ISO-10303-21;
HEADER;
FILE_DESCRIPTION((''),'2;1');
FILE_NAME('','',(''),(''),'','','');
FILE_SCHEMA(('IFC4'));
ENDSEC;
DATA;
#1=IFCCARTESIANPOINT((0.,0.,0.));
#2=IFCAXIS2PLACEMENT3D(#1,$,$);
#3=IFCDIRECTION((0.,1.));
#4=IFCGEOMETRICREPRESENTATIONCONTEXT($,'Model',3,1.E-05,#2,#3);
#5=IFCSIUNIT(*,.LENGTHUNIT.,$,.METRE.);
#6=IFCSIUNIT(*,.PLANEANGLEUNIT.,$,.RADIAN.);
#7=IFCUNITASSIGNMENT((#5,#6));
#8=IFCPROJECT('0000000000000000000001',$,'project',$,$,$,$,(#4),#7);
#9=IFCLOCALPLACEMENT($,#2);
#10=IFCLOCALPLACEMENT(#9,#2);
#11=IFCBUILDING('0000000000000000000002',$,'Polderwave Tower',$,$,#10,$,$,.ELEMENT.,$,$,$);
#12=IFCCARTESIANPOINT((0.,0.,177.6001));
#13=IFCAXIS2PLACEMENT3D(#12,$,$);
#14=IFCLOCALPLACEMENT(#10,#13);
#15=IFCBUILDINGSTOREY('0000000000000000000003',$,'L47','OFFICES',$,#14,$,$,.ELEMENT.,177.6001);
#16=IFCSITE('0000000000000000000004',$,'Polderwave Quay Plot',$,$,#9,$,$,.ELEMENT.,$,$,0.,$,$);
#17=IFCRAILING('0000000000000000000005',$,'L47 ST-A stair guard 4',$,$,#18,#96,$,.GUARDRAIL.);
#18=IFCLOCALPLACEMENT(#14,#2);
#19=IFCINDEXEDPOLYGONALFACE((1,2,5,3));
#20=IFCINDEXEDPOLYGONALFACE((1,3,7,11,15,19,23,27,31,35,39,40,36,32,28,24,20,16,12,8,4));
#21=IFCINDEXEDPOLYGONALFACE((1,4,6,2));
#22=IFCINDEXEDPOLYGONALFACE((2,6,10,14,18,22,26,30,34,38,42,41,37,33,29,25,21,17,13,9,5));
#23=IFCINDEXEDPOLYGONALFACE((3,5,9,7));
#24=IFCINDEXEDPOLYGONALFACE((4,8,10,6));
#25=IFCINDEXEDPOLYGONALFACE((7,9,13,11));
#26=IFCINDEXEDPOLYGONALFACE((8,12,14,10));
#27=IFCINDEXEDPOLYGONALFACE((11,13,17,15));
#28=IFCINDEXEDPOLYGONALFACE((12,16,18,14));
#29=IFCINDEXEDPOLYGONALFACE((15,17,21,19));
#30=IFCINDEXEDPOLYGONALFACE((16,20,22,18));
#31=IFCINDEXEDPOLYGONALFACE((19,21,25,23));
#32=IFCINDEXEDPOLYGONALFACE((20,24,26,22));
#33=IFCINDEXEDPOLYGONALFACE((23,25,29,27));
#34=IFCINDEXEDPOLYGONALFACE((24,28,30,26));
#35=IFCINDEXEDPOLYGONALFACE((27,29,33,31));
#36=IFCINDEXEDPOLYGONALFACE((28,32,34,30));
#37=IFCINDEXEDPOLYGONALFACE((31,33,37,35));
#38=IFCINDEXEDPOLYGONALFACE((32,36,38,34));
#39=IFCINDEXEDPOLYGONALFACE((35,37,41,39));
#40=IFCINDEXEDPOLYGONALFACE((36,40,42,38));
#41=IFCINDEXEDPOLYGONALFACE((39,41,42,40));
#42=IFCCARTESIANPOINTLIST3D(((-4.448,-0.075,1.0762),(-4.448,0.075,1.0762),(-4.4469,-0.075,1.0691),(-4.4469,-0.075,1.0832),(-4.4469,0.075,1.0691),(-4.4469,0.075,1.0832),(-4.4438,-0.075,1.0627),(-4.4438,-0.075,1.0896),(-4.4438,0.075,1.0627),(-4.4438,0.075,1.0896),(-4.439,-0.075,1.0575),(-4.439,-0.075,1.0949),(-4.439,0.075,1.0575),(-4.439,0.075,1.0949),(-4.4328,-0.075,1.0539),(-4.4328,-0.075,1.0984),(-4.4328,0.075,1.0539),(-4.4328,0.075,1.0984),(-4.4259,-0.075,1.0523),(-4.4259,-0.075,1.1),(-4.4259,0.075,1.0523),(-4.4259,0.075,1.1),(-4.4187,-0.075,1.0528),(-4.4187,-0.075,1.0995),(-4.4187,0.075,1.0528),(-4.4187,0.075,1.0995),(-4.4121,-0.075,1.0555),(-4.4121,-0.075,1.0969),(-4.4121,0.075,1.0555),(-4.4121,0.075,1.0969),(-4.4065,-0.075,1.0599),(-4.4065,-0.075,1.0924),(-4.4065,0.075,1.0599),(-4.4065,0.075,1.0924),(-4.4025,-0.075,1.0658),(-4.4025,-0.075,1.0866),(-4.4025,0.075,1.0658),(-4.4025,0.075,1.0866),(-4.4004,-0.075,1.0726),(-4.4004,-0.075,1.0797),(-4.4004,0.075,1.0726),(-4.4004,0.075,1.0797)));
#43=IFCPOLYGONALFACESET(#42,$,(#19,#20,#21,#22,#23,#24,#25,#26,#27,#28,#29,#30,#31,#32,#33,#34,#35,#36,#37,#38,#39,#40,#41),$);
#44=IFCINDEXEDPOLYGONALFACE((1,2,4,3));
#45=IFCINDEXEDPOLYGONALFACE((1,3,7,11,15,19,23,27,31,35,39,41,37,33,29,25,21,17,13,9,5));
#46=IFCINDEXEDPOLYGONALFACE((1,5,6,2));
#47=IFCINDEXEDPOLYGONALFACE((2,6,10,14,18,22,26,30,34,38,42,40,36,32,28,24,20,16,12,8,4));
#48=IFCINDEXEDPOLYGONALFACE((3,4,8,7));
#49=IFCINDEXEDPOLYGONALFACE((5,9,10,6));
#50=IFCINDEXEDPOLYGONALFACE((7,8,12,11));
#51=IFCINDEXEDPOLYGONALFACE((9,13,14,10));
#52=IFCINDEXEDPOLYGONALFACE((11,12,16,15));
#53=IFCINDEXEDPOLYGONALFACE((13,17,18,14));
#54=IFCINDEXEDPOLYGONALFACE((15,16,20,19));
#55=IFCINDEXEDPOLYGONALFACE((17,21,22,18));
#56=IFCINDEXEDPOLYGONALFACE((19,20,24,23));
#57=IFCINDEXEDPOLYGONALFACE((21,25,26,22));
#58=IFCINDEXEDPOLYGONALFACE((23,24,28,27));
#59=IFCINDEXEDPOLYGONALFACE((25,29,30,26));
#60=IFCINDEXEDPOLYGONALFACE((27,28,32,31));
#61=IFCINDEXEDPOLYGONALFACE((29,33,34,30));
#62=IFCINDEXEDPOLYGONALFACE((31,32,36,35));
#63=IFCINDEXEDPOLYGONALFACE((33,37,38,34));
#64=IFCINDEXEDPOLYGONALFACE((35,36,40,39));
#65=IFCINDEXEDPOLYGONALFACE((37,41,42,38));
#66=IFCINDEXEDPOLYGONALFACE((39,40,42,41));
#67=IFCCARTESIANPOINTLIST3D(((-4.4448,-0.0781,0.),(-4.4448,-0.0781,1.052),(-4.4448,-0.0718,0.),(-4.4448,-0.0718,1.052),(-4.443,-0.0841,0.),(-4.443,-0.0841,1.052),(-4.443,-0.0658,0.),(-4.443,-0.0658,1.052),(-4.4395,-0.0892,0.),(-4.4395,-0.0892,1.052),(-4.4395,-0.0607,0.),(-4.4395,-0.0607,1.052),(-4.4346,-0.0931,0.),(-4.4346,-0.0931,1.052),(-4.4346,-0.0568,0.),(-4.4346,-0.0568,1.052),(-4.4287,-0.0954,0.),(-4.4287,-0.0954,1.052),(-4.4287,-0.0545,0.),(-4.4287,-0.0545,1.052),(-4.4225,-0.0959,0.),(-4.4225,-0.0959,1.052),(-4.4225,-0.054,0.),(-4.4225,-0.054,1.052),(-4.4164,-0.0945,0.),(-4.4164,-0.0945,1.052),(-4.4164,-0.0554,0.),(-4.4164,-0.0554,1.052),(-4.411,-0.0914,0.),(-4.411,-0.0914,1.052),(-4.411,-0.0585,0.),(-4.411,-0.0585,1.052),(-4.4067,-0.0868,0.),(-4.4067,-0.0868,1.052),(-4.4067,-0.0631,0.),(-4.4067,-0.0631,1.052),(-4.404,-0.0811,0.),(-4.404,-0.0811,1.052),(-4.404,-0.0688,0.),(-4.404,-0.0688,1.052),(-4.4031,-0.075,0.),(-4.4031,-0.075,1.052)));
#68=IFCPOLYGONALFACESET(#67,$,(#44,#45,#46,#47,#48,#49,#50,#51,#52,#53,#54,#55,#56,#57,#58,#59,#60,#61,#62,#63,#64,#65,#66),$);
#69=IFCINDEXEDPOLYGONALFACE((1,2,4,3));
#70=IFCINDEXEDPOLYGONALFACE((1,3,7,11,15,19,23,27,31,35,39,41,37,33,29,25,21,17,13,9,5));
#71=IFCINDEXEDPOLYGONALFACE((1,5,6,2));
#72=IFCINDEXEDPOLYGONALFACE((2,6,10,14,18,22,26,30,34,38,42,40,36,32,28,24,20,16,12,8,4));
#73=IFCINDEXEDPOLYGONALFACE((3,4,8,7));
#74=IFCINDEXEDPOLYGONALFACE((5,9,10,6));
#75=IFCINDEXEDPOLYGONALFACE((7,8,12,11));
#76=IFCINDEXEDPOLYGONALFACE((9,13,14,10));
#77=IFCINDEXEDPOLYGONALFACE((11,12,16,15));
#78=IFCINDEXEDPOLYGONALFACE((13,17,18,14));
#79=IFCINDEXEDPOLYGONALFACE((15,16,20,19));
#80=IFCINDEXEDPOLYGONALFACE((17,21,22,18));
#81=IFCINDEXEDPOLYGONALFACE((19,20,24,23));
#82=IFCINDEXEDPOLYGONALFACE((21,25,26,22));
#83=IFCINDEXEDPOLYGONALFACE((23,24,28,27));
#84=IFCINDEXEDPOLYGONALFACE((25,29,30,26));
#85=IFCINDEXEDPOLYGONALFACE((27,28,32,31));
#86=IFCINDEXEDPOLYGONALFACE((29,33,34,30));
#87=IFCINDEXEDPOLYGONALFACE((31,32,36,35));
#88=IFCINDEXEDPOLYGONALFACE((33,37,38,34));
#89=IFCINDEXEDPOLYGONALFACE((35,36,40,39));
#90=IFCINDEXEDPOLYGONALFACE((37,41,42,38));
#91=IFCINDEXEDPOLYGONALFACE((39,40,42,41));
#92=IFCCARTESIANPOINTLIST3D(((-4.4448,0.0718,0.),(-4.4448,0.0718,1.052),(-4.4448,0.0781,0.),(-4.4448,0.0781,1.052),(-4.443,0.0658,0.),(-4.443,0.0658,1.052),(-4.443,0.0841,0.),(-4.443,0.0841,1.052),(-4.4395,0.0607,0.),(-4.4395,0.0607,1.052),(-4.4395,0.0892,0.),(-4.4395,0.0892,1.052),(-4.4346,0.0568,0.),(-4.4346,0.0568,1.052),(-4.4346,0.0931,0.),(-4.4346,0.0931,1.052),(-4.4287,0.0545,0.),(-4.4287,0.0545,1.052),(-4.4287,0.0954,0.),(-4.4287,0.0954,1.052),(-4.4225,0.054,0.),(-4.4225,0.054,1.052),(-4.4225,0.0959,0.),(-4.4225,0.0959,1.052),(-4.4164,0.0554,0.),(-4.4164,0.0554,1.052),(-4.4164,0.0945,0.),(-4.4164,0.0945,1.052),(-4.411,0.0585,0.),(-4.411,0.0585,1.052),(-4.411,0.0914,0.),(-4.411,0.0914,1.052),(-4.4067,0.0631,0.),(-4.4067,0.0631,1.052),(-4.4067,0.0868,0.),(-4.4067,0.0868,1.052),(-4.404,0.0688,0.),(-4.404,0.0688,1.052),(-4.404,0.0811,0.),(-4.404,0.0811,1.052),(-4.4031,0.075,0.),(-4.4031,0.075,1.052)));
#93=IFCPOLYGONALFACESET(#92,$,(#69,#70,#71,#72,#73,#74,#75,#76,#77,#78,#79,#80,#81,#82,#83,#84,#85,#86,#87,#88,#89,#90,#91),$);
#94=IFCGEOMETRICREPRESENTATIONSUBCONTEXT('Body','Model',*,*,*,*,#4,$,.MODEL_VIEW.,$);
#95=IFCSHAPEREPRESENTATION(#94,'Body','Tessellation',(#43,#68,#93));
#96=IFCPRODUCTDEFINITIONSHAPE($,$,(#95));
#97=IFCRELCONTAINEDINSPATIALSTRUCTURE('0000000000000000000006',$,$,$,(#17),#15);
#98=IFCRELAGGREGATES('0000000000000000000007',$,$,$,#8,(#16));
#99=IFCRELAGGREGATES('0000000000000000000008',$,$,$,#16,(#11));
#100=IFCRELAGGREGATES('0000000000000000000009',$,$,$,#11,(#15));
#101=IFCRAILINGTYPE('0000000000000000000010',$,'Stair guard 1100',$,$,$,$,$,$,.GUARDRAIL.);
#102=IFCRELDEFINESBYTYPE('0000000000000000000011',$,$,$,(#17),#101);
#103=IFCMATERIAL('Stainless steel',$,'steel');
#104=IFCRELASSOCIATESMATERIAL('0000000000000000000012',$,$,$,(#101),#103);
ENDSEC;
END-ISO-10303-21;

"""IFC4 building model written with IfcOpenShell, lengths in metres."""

from ifc_helpers import new_model, si_unit, direction, frame, origin, origin_2d, place, context, subcontext, project, spatial, circle, extrude, material, type_object, element, save


model = new_model("IFC4")

# Units and contexts
model_context = context("Model", 3, precision=1e-05, world=origin(), true_north=direction((0.0, 1.0)))
body_context = subcontext(model_context, "Body", "Model", "MODEL_VIEW")
ifc_project = project(units=[si_unit("LENGTHUNIT", "METRE"), si_unit("PLANEANGLEUNIT", "RADIAN")], contexts=[model_context])

# Site, building, storey
site_placement = place(None, origin())
site = spatial("IfcSite", under=ifc_project, at=site_placement, Name="Polderwave Quay Plot", CompositionType="ELEMENT", RefElevation=0.0)
building_placement = place(site_placement, origin())
building = spatial("IfcBuilding", under=site, at=building_placement, Name="Polderwave Tower", CompositionType="ELEMENT")
storey_placement = place(building_placement, frame((0.0, 0.0, 177.6001)))
storey = spatial("IfcBuildingStorey", under=building, at=storey_placement, Name="L47", Description="OFFICES", CompositionType="ELEMENT", Elevation=177.6001)

# Shared definitions
ifc_material_1 = material(Name="Stainless steel", Category="steel")

# Railing
railing_type_1 = type_object("IfcRailingType", Name="Stair guard 1100", PredefinedType="GUARDRAIL", material=ifc_material_1)
railing_1_placement = place(storey_placement, frame((-4.4241, -0.075, 0.0)))
element("IfcRailing", 1, at=railing_1_placement, inside=storey, type_object=railing_type_1, Name="L47 ST-A stair guard 4", PredefinedType="GUARDRAIL", context=body_context, shape_type="SweptSolid", body=[
    extrude(circle(Radius=0.0239, at=origin_2d()), frame((0.0, 0.0, 1.0762), z_axis=(0.0, 1.0, 0.0), x_axis=(-1.0, 0.0, 0.0)), (0.0, 0.0, 1.0), 0.1499),
    extrude(circle(Radius=0.021, at=origin_2d()), origin(), (0.0, 0.0, 1.0), 1.052),
    extrude(circle(Radius=0.021, at=origin_2d()), frame((0.0, 0.1499, 0.0)), (0.0, 0.0, 1.0), 1.052),
])

save(model, "model.ifc")
